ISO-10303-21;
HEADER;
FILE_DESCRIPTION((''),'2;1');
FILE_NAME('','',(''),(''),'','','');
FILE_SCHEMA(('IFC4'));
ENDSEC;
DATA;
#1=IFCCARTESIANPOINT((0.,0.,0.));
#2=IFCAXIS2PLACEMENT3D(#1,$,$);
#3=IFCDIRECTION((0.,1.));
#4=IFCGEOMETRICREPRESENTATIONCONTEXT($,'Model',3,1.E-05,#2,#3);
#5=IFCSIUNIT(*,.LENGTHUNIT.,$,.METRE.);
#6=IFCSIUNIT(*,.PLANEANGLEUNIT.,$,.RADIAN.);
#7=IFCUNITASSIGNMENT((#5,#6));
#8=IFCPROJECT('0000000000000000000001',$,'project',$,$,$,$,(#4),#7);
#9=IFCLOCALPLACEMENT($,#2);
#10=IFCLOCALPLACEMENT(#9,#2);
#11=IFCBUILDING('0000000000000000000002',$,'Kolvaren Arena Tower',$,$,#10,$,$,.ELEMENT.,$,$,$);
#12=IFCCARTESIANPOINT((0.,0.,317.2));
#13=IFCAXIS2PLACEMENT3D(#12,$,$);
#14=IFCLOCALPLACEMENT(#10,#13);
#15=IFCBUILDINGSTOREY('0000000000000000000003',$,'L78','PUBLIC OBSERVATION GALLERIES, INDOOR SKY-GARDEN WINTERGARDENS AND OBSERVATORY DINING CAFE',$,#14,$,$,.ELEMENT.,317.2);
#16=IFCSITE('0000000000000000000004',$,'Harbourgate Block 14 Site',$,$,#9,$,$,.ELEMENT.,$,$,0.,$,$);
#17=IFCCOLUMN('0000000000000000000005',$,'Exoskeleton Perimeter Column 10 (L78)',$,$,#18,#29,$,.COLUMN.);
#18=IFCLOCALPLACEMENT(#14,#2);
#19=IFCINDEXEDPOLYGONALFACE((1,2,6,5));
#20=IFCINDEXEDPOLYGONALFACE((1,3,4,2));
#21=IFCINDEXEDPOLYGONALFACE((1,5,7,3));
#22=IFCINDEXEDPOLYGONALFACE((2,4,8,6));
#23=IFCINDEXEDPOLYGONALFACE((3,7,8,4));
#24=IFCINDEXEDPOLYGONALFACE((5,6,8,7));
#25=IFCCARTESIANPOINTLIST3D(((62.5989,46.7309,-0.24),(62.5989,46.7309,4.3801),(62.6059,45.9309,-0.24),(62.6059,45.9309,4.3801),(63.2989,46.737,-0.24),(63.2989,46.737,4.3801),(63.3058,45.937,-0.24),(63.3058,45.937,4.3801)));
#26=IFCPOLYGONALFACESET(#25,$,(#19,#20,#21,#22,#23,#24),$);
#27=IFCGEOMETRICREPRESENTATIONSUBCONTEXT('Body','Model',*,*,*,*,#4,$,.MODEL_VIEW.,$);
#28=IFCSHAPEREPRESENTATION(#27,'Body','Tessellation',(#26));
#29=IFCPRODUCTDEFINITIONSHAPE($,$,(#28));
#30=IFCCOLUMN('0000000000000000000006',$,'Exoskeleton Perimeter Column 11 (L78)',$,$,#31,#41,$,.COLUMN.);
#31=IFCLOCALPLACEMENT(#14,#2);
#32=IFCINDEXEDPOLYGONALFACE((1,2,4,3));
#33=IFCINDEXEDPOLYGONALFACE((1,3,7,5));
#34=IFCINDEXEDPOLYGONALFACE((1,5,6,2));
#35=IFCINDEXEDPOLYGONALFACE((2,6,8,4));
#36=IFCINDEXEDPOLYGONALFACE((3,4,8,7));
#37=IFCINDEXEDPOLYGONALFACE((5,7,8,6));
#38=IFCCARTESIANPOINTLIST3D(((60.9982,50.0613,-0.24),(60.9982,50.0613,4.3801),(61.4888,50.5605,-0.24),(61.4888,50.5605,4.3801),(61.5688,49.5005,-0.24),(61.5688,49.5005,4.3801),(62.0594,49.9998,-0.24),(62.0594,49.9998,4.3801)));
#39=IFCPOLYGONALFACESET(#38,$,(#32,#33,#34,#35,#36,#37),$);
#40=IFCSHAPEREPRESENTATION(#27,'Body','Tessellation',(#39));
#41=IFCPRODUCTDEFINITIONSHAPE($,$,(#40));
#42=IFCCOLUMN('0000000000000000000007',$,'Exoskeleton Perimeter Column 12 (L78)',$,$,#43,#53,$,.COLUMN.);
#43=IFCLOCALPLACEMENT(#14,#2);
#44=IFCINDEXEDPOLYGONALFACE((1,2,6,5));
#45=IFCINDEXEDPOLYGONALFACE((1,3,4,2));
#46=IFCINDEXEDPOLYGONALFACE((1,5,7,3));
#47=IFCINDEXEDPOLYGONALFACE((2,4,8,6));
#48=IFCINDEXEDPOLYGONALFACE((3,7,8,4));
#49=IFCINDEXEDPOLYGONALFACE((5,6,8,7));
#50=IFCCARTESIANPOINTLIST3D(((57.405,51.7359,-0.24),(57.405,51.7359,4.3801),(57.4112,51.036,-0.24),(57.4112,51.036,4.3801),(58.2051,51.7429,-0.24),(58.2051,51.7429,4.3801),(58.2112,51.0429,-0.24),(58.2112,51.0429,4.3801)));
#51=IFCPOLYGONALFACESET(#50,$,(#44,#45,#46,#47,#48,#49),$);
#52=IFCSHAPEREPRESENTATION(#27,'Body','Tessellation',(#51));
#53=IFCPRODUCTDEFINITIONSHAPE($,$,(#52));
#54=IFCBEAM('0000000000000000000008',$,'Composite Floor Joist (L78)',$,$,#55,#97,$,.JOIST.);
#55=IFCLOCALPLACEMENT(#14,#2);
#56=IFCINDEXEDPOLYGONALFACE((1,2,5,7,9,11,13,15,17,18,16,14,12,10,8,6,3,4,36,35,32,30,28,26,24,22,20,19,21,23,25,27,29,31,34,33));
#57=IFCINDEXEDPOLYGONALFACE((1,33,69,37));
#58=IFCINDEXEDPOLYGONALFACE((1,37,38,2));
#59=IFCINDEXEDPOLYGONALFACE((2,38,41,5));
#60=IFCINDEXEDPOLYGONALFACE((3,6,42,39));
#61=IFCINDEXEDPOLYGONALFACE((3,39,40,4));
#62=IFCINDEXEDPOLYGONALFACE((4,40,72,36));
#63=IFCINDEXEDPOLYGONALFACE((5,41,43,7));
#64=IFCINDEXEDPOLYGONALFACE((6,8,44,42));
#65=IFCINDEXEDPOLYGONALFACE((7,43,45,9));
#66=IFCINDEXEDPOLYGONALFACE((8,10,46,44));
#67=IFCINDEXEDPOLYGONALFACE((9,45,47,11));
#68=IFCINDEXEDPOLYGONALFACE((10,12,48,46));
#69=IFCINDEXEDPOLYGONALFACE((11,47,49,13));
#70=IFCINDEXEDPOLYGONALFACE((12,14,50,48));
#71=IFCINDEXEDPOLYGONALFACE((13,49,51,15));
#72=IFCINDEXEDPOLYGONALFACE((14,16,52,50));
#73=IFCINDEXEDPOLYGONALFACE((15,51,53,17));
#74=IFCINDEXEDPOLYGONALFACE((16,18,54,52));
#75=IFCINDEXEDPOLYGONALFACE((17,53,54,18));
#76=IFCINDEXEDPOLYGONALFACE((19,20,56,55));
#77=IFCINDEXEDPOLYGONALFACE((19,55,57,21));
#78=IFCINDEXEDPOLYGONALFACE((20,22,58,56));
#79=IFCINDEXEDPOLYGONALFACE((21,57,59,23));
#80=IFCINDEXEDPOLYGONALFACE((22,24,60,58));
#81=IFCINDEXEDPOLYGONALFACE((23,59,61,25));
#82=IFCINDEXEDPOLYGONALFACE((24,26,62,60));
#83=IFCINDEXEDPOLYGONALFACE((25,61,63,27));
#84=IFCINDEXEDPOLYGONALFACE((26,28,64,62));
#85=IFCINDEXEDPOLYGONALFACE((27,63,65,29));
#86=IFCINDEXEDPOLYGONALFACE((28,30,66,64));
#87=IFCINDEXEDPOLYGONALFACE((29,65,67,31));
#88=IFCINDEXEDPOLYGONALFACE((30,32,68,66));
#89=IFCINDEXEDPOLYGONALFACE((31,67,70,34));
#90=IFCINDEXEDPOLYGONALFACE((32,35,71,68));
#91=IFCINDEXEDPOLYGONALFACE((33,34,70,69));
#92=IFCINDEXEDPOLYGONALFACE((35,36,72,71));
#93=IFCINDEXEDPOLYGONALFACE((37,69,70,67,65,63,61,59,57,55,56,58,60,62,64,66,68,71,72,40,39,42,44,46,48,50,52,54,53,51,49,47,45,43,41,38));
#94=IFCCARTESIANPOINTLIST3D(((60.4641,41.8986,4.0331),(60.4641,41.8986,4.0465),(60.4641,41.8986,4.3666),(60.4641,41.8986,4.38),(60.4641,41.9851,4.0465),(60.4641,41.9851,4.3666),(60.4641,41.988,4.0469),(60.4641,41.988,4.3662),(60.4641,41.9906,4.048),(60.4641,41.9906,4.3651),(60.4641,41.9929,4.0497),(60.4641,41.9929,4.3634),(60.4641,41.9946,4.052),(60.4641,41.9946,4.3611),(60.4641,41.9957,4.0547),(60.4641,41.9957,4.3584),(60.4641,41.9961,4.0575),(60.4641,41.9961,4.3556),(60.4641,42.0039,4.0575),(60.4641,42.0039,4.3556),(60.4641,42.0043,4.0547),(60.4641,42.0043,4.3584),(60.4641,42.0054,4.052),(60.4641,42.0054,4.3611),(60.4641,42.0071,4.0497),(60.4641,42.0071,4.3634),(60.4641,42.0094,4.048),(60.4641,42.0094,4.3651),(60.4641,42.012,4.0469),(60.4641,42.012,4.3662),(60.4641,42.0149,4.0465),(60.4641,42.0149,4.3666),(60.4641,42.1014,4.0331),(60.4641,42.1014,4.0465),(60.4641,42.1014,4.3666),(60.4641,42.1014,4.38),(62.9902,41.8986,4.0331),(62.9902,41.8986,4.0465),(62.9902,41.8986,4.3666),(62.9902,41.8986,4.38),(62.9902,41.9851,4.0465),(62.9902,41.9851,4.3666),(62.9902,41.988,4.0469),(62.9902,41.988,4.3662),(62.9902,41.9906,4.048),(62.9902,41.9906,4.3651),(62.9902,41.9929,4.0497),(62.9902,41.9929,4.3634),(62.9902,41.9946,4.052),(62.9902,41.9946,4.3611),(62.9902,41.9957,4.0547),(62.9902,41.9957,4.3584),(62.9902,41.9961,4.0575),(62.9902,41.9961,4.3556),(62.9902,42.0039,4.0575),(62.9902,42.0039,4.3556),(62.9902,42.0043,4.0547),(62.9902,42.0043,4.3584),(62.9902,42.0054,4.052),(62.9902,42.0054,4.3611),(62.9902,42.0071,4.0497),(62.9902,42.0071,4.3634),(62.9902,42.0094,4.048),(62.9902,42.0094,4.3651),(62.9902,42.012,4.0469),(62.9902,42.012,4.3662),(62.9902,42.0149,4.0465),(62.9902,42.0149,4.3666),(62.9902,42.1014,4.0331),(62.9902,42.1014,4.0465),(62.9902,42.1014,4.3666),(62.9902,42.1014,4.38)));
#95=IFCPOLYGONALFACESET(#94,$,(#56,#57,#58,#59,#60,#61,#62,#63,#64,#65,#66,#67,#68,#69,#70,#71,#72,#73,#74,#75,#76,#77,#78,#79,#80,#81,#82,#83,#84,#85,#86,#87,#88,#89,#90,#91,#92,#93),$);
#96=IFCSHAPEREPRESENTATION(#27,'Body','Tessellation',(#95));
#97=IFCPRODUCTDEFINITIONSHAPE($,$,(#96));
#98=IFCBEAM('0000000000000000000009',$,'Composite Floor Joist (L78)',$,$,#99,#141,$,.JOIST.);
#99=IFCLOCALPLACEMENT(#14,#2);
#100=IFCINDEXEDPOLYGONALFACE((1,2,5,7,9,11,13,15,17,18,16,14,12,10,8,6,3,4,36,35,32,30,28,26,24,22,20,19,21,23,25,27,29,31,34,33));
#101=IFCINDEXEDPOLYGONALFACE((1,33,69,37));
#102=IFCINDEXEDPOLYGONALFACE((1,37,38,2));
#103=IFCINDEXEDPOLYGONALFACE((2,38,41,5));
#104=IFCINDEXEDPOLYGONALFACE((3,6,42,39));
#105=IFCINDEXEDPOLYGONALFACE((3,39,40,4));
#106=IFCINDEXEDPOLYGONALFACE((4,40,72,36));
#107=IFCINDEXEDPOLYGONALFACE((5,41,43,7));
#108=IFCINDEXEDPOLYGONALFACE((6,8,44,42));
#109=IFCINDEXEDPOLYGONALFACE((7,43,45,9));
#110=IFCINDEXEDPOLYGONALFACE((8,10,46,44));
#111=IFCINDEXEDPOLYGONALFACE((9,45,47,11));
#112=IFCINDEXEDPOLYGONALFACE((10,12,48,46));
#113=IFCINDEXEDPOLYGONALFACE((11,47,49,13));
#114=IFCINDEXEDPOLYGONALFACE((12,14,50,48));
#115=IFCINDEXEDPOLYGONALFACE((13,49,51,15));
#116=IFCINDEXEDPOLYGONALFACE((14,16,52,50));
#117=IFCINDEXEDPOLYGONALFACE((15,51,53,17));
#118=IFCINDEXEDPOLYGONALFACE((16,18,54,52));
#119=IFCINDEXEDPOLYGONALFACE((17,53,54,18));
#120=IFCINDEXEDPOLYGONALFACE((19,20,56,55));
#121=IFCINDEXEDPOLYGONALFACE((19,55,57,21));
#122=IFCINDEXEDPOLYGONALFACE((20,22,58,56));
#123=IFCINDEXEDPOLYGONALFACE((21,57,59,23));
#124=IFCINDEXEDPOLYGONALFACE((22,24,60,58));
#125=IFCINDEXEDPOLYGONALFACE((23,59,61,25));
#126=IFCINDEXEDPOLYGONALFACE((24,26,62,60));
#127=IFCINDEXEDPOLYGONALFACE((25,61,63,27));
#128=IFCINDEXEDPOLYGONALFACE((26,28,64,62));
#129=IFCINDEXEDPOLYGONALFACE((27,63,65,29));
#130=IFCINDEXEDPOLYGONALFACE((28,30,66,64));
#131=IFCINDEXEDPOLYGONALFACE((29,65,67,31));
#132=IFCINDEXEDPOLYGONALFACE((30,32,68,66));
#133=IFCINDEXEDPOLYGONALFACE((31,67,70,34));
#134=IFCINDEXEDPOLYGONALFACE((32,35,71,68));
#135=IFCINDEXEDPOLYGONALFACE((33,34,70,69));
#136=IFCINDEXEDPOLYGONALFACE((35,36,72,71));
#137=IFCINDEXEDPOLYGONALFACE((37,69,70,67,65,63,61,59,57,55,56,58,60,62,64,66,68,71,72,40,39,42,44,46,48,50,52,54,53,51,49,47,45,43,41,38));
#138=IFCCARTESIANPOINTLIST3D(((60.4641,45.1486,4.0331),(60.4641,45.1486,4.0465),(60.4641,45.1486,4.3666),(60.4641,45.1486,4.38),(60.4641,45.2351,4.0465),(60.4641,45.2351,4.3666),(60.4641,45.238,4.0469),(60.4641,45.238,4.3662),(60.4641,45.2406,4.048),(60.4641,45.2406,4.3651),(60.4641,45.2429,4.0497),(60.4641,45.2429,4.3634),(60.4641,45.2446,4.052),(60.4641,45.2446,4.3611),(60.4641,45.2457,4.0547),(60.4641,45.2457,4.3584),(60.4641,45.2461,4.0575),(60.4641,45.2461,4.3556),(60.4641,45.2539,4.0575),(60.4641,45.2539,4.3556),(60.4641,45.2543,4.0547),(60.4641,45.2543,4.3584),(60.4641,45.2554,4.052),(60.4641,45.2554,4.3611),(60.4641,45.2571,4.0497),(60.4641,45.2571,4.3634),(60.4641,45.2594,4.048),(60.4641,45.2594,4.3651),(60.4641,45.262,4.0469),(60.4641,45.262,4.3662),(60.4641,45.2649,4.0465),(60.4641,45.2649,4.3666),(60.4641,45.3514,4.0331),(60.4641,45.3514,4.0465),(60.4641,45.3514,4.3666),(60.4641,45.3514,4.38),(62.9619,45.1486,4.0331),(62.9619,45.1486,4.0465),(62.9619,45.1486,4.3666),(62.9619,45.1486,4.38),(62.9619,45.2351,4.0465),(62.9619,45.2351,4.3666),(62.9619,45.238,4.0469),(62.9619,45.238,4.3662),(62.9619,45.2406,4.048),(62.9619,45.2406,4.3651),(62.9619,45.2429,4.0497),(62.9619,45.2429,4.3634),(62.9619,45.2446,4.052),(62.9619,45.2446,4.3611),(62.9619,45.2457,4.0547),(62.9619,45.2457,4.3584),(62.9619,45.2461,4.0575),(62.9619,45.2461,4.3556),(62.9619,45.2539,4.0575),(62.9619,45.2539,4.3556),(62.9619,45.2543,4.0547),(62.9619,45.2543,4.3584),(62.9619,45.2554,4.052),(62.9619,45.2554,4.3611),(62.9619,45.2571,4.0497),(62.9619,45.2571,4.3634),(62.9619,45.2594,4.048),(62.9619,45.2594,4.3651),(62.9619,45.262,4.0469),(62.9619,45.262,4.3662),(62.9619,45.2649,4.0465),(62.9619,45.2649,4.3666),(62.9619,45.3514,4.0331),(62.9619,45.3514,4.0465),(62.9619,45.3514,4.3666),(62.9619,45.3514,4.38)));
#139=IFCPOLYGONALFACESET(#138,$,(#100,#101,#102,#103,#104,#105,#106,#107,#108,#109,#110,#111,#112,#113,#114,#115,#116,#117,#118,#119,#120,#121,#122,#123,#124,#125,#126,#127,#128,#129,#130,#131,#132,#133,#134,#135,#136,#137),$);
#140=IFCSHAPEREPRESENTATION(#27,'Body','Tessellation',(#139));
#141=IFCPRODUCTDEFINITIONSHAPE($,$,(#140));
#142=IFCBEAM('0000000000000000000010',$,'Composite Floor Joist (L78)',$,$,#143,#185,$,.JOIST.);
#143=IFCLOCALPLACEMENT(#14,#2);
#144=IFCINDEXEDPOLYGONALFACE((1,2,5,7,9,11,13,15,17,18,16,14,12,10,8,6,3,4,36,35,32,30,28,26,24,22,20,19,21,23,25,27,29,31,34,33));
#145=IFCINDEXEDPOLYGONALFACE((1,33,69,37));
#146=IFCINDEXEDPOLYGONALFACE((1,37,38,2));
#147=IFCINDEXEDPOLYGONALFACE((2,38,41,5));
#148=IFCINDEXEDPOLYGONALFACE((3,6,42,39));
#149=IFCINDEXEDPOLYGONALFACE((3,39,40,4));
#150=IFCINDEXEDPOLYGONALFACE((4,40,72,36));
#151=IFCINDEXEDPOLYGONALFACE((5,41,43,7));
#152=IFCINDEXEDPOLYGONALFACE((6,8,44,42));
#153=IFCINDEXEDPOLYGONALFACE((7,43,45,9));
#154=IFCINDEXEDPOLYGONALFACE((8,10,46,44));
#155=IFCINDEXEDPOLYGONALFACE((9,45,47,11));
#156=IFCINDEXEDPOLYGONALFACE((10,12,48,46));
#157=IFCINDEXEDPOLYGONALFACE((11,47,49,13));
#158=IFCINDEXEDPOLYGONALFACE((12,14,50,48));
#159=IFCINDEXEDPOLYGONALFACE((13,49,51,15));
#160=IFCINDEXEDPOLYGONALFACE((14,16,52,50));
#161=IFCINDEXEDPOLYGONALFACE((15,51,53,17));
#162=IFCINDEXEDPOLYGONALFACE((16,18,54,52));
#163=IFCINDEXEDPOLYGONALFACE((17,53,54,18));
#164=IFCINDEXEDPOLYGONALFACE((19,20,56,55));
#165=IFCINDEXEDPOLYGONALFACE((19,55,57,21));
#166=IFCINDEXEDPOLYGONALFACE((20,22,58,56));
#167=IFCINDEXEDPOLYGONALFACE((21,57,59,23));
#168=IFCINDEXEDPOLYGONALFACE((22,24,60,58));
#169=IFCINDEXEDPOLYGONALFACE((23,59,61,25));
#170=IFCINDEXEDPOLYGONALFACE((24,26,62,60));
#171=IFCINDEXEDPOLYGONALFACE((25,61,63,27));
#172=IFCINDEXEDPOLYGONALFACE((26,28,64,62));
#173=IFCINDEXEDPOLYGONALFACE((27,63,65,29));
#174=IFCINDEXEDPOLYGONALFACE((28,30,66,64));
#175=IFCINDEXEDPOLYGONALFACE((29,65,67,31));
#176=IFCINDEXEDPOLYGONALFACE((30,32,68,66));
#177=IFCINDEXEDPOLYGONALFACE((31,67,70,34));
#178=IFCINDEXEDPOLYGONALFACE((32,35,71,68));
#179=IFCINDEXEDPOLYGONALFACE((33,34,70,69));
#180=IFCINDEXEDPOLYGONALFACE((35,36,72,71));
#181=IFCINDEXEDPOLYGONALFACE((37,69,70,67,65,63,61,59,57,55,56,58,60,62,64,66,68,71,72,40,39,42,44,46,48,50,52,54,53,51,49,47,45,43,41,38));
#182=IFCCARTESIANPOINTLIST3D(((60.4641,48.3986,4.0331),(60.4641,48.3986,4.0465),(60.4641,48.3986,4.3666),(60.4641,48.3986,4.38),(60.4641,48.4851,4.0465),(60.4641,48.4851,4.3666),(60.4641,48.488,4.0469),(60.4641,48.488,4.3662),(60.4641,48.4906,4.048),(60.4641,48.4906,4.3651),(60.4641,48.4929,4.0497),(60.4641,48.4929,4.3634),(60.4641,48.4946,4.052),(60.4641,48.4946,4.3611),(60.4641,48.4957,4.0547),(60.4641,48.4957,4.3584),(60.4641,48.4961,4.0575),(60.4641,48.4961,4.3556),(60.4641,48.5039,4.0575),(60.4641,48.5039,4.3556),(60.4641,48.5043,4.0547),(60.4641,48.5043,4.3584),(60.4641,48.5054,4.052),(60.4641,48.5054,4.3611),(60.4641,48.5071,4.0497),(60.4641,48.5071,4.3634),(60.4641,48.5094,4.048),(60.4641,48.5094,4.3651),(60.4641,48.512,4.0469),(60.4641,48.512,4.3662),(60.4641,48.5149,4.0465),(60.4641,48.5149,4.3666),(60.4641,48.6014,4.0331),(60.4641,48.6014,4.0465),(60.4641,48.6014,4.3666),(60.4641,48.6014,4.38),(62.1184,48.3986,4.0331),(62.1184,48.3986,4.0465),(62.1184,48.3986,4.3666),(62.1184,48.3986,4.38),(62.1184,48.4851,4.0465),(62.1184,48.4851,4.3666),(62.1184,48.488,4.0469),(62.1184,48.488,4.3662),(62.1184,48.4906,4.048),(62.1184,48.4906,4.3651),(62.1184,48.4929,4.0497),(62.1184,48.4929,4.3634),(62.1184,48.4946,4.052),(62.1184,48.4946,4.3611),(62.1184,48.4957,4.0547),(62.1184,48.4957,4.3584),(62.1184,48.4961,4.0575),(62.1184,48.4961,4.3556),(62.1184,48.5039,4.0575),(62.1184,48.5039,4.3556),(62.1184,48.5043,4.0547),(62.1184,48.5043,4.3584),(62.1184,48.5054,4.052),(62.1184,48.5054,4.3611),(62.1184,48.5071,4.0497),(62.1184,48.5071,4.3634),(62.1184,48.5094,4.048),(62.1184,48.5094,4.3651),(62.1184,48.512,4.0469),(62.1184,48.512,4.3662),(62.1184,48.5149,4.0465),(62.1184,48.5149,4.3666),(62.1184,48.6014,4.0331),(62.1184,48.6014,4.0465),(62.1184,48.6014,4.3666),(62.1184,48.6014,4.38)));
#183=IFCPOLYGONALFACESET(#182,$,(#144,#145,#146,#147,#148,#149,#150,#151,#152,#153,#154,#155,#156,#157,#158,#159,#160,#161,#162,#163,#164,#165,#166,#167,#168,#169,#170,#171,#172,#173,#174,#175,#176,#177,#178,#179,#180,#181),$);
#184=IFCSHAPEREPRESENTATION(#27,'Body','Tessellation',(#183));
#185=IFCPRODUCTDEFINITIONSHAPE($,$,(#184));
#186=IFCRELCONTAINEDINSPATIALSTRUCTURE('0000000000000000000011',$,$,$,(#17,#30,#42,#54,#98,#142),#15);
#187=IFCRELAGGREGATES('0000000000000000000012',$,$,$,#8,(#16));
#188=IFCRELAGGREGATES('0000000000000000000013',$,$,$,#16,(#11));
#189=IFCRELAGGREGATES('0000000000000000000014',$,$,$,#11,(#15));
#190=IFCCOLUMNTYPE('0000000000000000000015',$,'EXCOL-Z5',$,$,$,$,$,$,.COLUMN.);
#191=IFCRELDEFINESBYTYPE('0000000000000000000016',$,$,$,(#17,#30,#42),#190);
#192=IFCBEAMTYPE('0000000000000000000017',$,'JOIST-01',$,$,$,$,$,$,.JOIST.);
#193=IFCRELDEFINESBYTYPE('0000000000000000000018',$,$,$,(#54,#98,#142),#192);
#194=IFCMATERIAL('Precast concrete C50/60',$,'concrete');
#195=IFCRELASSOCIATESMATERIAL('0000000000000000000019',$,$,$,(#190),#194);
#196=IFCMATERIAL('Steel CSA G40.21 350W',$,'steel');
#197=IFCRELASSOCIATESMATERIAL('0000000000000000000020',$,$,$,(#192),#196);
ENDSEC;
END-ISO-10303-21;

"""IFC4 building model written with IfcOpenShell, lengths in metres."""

from ifc_helpers import new_model, si_unit, direction, frame, origin, origin_2d, place, context, subcontext, project, spatial, rectangle, i_section, extrude, material, material_profile, profile_set, type_object, element, save


model = new_model("IFC4")

# Units and contexts
model_context = context("Model", 3, precision=1e-05, world=origin(), true_north=direction((0.0, 1.0)))
body_context = subcontext(model_context, "Body", "Model", "MODEL_VIEW")
ifc_project = project(units=[si_unit("LENGTHUNIT", "METRE"), si_unit("PLANEANGLEUNIT", "RADIAN")], contexts=[model_context])

# Site, building, storey
site_placement = place(None, origin())
site = spatial("IfcSite", under=ifc_project, at=site_placement, Name="Harbourgate Block 14 Site", CompositionType="ELEMENT", RefElevation=0.0)
building_placement = place(site_placement, origin())
building = spatial("IfcBuilding", under=site, at=building_placement, Name="Kolvaren Arena Tower", CompositionType="ELEMENT")
storey_placement = place(building_placement, frame((0.0, 0.0, 317.2)))
storey = spatial("IfcBuildingStorey", under=building, at=storey_placement, Name="L78", Description="PUBLIC OBSERVATION GALLERIES, INDOOR SKY-GARDEN WINTERGARDENS AND OBSERVATORY DINING CAFE", CompositionType="ELEMENT", Elevation=317.2)

# Columns
ifc_material_1 = material(Name="Precast concrete C50/60", Category="concrete")
ifc_material_profile_1 = material_profile(ifc_material_1, rectangle(XDim=0.8, YDim=0.7, at=origin_2d()), Name="RC-800x700")
ifc_profile_set_1 = profile_set([ifc_material_profile_1], Name="Precast concrete C50/60")
column_type = type_object("IfcColumnType", Name="EXCOL-Z5", PredefinedType="COLUMN", material=ifc_profile_set_1)
for number, where, z_axis, x_axis, name in (
    (1, (62.9524, 46.334, -0.24), (0.0, 0.0, 1.0), (-0.008727, 0.999962, 0.0), "Exoskeleton Perimeter Column 10 (L78)"),
    (2, (61.5288, 50.0305, -0.24), (0.0, 0.0, 1.0), (-0.71325, 0.700909, 0.0), "Exoskeleton Perimeter Column 11 (L78)"),
    (3, (57.8081, 51.3894, -0.24), (0.0, 0.0, 1.0), (0.999962, 0.008727, 0.0), "Exoskeleton Perimeter Column 12 (L78)"),
):
    element("IfcColumn", number, at=place(storey_placement, frame(where, z_axis=z_axis, x_axis=x_axis)), inside=storey, type_object=column_type, Name=name, PredefinedType="COLUMN", context=body_context, shape_type="SweptSolid", body=[
        extrude(rectangle(XDim=0.8, YDim=0.7, at=origin_2d()), origin(), (0.0, 0.0, 1.0), 4.6201),
    ])

# Beams
ifc_material_2 = material(Name="Steel CSA G40.21 350W", Category="steel")
ifc_material_profile_2 = material_profile(ifc_material_2, i_section(OverallWidth=0.2029, OverallDepth=0.3469, WebThickness=0.0078, FlangeThickness=0.0134, FilletRadius=0.011, at=origin_2d()), Name="W360x64")
ifc_profile_set_2 = profile_set([ifc_material_profile_2], Name="Steel CSA G40.21 350W")
beam_type_1 = type_object("IfcBeamType", Name="JOIST-01", PredefinedType="JOIST", material=ifc_profile_set_2)
beam_1_placement = place(storey_placement, frame((60.4641, 42.0, 4.2065), z_axis=(1.0, 0.0, 0.0), x_axis=(0.0, 1.0, 0.0)))
element("IfcBeam", 4, at=beam_1_placement, inside=storey, type_object=beam_type_1, Name="Composite Floor Joist (L78)", PredefinedType="JOIST", context=body_context, shape_type="SweptSolid", body=[
    extrude(i_section(OverallWidth=0.2029, OverallDepth=0.3469, WebThickness=0.0078, FlangeThickness=0.0134, FilletRadius=0.011, at=origin_2d()), origin(), (0.0, 0.0, 1.0), 2.5261),
])
beam_2_placement = place(storey_placement, frame((60.4641, 45.25, 4.2065), z_axis=(1.0, 0.0, 0.0), x_axis=(0.0, 1.0, 0.0)))
element("IfcBeam", 5, at=beam_2_placement, inside=storey, type_object=beam_type_1, Name="Composite Floor Joist (L78)", PredefinedType="JOIST", context=body_context, shape_type="SweptSolid", body=[
    extrude(i_section(OverallWidth=0.2029, OverallDepth=0.3469, WebThickness=0.0078, FlangeThickness=0.0134, FilletRadius=0.011, at=origin_2d()), origin(), (0.0, 0.0, 1.0), 2.4978),
])
beam_3_placement = place(storey_placement, frame((60.4641, 48.5, 4.2065), z_axis=(1.0, 0.0, 0.0), x_axis=(0.0, 1.0, 0.0)))
element("IfcBeam", 6, at=beam_3_placement, inside=storey, type_object=beam_type_1, Name="Composite Floor Joist (L78)", PredefinedType="JOIST", context=body_context, shape_type="SweptSolid", body=[
    extrude(i_section(OverallWidth=0.2029, OverallDepth=0.3469, WebThickness=0.0078, FlangeThickness=0.0134, FilletRadius=0.011, at=origin_2d()), origin(), (0.0, 0.0, 1.0), 1.6543),
])

save(model, "model.ifc")
